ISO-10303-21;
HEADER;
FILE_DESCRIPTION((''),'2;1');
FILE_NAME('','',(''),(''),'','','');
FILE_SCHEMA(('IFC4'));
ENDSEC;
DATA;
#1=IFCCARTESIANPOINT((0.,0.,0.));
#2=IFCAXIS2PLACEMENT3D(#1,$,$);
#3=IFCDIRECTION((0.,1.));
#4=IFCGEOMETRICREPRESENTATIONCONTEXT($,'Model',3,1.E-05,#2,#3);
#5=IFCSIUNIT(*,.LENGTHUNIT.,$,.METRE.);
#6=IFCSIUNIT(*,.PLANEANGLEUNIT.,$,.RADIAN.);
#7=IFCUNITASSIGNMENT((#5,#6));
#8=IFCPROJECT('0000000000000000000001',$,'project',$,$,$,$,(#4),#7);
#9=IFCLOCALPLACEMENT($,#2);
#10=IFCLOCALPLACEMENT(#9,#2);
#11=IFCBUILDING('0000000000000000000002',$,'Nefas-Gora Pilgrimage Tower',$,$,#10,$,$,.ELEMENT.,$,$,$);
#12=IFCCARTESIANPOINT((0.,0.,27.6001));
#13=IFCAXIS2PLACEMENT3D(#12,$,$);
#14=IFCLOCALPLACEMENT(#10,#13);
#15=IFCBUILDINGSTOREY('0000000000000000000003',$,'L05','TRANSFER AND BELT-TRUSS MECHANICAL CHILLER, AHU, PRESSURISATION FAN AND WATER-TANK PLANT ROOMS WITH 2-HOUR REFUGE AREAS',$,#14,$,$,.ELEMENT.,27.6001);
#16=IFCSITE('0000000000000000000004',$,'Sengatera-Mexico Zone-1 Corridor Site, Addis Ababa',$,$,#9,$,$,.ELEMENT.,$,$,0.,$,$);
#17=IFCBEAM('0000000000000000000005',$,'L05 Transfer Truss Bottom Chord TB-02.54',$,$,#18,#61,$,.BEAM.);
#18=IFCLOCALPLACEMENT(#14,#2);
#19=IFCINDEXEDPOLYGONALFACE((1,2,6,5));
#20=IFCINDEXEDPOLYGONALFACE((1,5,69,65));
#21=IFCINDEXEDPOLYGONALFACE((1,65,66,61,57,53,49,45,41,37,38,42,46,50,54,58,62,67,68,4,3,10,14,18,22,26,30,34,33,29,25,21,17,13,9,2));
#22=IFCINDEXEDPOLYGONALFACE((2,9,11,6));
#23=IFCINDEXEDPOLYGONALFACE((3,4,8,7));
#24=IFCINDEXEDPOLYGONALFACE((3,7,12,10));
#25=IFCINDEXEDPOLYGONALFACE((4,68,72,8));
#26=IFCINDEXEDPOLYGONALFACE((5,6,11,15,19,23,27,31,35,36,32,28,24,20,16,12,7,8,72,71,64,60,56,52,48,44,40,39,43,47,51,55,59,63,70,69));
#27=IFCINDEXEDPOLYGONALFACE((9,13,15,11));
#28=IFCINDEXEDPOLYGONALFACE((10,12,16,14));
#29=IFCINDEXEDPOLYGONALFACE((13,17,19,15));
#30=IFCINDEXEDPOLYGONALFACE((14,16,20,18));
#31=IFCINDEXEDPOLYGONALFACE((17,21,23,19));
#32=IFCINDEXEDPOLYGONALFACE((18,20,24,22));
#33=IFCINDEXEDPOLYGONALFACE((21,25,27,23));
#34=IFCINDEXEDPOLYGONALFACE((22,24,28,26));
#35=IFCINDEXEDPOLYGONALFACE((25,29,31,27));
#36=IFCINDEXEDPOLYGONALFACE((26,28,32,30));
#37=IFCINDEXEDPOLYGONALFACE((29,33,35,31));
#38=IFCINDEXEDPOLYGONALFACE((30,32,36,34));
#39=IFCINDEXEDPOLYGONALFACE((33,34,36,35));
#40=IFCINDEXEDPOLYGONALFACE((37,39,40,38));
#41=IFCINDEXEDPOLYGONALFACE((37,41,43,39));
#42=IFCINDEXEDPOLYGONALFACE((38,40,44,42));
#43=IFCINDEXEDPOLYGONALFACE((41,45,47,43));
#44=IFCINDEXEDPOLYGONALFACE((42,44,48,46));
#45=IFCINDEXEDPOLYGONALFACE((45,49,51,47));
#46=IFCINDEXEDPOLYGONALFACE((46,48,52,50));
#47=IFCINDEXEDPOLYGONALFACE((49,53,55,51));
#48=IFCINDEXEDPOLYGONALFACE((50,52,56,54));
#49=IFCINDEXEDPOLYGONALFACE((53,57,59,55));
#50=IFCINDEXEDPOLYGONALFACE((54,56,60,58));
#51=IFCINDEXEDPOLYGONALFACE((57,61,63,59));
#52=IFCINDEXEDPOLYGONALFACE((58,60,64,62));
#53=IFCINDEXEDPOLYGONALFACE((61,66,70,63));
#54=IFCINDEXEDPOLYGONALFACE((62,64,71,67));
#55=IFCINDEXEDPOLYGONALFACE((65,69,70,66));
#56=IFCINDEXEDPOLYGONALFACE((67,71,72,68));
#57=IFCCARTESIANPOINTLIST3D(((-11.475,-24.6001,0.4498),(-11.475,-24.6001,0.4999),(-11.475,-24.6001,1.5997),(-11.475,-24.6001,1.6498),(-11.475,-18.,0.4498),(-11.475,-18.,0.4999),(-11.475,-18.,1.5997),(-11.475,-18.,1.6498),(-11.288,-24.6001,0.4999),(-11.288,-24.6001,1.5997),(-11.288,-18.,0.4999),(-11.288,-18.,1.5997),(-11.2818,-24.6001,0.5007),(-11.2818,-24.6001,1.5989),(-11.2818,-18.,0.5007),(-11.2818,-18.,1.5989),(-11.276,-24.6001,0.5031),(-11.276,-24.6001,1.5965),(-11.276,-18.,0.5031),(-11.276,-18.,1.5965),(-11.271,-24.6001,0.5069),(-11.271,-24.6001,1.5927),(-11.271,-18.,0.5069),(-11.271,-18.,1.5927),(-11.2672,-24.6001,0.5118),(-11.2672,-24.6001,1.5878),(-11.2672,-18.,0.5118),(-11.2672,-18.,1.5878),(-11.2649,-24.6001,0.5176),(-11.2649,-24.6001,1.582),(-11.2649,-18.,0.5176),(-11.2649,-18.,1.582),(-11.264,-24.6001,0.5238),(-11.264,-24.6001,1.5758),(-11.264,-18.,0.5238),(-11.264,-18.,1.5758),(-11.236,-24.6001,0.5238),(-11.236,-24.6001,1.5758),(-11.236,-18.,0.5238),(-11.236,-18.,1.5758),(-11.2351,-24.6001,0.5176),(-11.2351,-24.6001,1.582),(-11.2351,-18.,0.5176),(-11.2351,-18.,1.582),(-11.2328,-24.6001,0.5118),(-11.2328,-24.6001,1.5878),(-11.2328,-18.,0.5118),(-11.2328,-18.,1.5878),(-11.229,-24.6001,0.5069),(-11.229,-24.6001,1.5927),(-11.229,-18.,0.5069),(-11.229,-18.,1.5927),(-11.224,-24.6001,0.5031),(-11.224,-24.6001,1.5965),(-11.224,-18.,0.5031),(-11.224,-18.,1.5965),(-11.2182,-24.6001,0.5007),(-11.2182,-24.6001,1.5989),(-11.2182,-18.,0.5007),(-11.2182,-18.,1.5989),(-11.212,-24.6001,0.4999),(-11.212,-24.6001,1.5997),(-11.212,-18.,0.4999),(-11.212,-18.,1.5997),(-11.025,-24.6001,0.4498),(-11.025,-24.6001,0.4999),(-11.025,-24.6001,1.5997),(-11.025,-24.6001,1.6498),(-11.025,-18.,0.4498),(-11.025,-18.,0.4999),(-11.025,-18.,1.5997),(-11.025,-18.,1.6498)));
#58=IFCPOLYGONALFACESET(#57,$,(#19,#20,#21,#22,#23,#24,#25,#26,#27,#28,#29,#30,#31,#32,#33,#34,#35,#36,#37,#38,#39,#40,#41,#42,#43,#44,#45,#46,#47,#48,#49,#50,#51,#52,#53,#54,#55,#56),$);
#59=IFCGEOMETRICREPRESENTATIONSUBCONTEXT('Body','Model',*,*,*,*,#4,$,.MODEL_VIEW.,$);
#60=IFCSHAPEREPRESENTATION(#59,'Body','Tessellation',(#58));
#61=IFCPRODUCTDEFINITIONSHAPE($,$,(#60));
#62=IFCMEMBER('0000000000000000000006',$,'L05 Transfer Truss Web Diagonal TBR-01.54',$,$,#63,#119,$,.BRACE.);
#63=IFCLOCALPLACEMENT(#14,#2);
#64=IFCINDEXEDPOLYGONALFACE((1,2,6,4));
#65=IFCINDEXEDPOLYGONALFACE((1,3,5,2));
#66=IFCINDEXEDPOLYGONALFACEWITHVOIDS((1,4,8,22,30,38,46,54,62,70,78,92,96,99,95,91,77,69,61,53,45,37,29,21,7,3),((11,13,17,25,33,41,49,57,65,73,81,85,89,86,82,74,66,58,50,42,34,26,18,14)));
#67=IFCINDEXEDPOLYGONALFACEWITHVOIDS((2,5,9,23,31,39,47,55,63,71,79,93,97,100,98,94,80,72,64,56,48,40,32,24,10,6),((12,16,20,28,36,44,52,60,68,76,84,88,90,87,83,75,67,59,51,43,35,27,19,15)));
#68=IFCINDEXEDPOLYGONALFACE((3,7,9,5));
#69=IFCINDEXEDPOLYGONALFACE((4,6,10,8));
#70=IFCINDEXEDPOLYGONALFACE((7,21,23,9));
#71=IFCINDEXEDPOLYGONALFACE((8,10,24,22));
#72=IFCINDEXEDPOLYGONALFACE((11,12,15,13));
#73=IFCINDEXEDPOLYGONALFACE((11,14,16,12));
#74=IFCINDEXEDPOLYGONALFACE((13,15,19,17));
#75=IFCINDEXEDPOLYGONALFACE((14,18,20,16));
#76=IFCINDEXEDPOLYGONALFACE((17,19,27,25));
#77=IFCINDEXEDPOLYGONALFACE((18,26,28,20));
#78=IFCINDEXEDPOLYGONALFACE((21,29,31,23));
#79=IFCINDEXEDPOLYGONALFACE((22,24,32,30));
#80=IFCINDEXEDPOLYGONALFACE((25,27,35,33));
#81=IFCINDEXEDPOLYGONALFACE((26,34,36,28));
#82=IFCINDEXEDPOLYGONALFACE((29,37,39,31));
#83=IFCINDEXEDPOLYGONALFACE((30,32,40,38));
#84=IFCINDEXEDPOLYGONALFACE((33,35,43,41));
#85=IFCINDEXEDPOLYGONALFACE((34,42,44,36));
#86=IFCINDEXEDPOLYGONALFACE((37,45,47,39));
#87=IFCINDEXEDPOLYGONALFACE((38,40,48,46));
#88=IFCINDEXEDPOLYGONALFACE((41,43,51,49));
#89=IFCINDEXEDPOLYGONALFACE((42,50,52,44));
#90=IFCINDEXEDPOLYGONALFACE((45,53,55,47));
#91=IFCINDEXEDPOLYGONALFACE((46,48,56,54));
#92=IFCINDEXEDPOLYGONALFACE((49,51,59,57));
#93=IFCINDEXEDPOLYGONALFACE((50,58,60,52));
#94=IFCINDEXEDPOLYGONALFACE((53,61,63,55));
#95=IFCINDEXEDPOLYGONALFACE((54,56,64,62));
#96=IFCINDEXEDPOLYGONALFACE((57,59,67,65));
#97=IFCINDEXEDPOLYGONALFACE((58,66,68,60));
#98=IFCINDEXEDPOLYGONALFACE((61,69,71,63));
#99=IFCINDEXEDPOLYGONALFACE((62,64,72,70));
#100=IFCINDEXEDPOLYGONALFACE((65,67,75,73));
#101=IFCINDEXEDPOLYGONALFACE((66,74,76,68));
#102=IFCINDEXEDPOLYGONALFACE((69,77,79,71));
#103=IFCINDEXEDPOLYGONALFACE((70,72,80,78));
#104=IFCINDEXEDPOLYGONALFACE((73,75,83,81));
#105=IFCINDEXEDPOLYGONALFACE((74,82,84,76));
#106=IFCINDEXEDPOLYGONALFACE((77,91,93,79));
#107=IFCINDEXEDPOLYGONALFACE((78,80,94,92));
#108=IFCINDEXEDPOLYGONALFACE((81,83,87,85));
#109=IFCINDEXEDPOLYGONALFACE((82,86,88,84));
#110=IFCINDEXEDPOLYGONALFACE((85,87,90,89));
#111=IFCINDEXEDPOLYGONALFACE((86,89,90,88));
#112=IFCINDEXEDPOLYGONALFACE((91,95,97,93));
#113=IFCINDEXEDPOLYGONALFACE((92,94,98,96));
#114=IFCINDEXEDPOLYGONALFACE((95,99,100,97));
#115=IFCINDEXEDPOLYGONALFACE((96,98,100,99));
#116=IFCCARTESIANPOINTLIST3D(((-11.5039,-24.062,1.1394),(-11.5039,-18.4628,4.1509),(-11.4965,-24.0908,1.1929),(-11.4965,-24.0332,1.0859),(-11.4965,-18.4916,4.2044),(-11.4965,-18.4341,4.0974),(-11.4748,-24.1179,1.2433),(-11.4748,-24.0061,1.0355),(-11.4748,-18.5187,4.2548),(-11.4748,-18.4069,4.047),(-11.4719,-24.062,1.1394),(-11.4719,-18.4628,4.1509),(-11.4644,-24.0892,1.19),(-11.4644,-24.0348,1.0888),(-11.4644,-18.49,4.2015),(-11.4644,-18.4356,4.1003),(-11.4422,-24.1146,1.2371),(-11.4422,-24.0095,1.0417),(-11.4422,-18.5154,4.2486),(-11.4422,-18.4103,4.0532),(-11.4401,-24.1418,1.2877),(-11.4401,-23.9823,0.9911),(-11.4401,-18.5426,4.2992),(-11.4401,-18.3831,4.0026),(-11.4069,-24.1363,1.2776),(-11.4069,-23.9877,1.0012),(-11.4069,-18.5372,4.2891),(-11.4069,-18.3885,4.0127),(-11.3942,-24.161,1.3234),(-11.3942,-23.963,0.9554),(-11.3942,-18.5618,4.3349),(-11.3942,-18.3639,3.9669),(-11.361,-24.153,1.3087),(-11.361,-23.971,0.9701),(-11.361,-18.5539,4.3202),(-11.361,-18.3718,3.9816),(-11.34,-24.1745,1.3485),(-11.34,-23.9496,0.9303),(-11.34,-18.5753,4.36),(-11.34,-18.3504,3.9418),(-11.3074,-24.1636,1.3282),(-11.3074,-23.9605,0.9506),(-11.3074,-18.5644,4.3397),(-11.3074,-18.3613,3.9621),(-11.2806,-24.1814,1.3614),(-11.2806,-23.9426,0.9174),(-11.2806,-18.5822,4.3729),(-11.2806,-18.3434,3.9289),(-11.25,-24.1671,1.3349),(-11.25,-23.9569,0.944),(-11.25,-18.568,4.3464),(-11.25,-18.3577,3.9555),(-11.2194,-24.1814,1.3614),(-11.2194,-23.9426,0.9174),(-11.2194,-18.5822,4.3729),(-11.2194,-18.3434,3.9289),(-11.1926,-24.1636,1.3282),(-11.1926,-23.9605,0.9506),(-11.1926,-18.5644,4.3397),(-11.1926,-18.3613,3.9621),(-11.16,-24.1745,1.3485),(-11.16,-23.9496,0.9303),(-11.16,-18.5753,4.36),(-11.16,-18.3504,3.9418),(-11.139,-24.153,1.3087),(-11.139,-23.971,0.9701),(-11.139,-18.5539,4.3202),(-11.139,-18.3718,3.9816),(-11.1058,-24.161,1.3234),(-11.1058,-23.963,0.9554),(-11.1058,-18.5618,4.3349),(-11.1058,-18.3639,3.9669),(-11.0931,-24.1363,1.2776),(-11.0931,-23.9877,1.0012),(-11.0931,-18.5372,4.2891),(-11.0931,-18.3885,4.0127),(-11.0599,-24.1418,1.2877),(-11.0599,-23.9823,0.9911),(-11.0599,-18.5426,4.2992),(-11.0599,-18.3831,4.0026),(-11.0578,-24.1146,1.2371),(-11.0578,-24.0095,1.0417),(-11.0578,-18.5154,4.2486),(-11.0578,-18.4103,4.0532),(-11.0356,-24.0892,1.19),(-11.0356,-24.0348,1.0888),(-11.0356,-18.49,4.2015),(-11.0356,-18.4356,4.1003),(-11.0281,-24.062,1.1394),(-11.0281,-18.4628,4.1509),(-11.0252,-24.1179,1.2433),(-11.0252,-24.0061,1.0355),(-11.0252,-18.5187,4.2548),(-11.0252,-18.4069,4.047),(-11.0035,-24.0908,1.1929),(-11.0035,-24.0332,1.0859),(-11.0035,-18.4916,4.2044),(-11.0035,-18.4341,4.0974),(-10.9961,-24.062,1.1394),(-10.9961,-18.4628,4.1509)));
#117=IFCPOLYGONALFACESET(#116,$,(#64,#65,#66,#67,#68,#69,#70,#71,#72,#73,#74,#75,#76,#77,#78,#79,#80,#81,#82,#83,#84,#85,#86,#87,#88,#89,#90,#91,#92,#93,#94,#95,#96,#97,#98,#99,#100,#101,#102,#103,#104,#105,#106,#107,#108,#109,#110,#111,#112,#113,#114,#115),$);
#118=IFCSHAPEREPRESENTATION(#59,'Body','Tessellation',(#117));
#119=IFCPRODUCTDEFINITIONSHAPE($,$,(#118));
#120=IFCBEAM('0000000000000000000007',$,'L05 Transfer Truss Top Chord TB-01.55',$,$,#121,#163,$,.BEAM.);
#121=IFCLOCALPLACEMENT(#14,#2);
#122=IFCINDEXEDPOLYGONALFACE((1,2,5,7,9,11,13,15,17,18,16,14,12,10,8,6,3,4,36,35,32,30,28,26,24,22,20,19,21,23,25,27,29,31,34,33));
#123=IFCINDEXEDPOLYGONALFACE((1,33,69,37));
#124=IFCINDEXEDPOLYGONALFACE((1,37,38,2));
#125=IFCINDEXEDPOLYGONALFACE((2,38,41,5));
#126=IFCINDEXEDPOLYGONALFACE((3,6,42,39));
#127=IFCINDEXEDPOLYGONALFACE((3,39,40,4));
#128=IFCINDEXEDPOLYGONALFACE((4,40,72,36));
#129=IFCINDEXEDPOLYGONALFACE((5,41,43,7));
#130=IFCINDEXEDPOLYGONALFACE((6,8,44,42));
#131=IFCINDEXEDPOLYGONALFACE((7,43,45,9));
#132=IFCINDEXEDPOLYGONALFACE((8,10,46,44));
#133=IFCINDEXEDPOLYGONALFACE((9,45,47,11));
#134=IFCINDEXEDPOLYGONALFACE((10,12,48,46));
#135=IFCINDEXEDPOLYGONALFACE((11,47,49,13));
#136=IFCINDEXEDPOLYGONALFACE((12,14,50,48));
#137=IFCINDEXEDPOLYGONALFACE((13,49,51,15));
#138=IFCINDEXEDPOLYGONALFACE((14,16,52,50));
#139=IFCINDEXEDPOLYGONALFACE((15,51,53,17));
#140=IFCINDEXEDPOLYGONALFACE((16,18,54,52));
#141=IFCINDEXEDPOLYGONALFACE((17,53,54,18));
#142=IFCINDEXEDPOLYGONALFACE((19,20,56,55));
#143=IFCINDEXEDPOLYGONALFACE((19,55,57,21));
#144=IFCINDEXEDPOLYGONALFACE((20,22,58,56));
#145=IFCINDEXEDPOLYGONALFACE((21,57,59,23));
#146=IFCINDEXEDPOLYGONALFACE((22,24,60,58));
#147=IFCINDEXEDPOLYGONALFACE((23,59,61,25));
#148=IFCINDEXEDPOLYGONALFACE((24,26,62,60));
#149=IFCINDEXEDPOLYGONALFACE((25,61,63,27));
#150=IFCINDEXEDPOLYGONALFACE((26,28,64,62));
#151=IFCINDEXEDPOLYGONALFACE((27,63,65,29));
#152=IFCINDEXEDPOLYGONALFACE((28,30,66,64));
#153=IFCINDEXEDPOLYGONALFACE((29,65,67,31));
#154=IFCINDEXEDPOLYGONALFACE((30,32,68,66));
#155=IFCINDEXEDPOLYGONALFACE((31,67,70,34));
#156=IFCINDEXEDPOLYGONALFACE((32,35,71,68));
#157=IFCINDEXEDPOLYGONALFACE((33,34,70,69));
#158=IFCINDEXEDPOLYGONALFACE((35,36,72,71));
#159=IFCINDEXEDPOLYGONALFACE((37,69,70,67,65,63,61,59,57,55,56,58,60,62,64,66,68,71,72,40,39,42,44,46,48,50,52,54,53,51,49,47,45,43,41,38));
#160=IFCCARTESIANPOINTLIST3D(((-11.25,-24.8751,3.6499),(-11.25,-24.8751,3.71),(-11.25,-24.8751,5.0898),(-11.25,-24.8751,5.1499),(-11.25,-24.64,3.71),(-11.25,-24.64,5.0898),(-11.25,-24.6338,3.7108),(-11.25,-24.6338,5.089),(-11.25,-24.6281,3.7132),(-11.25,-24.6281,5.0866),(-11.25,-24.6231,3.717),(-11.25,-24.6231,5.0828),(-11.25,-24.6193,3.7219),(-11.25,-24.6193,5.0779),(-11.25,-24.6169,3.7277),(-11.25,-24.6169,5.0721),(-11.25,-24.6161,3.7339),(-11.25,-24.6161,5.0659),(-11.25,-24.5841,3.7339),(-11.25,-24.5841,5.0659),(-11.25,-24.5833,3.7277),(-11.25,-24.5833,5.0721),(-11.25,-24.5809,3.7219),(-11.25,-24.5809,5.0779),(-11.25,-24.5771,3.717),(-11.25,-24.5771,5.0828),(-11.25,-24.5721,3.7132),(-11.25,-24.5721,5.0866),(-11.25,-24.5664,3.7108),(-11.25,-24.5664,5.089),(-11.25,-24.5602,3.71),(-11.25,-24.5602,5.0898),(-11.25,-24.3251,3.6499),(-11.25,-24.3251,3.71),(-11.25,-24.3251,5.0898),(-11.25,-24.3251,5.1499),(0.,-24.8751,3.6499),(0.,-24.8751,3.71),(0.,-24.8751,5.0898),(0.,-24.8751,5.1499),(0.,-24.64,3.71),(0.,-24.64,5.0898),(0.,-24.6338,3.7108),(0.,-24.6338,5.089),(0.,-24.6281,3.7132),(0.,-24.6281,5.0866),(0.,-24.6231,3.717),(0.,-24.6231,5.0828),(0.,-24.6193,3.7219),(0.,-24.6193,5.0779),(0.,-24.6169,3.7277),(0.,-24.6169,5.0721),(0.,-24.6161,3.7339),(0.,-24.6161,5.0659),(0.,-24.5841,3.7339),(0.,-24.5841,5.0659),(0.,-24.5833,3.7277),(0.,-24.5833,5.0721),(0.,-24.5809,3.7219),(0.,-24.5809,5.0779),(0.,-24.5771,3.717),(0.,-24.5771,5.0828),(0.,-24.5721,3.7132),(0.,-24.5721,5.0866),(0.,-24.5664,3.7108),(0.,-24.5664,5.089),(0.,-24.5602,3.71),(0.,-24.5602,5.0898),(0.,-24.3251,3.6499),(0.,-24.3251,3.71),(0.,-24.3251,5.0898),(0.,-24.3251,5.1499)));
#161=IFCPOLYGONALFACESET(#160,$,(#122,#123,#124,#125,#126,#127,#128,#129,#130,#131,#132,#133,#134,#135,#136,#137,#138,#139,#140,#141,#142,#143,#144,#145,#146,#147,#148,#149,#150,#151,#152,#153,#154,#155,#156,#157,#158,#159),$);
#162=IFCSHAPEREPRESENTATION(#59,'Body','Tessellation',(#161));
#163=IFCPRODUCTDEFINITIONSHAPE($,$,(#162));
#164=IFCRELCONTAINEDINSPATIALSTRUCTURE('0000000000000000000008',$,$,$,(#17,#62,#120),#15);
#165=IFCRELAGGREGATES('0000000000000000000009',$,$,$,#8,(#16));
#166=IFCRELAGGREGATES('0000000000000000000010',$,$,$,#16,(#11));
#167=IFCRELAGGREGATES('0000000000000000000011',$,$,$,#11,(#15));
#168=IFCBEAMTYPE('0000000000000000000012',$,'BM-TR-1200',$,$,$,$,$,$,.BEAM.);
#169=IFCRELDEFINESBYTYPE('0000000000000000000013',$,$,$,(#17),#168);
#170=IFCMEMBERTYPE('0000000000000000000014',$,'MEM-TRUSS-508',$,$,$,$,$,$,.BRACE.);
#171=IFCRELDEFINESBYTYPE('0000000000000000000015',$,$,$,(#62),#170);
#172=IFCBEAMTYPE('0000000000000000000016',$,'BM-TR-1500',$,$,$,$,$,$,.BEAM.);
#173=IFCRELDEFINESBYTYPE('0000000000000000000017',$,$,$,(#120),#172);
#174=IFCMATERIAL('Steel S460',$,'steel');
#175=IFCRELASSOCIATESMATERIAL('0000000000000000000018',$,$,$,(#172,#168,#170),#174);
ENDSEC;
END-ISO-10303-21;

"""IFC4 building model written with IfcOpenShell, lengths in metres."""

from ifc_helpers import new_model, si_unit, direction, frame, origin, origin_2d, place, context, subcontext, project, spatial, hollow_circle, i_section, extrude, source, transform, mapped, material, material_profile, profile_set, type_object, element, save


model = new_model("IFC4")

# Units and contexts
model_context = context("Model", 3, precision=1e-05, world=origin(), true_north=direction((0.0, 1.0)))
body_context = subcontext(model_context, "Body", "Model", "MODEL_VIEW")
ifc_project = project(units=[si_unit("LENGTHUNIT", "METRE"), si_unit("PLANEANGLEUNIT", "RADIAN")], contexts=[model_context])

# Site, building, storey
site_placement = place(None, origin())
site = spatial("IfcSite", under=ifc_project, at=site_placement, Name="Sengatera-Mexico Zone-1 Corridor Site, Addis Ababa", CompositionType="ELEMENT", RefElevation=0.0)
building_placement = place(site_placement, origin())
building = spatial("IfcBuilding", under=site, at=building_placement, Name="Nefas-Gora Pilgrimage Tower", CompositionType="ELEMENT")
storey_placement = place(building_placement, frame((0.0, 0.0, 27.6001)))
storey = spatial("IfcBuildingStorey", under=building, at=storey_placement, Name="L05", Description="TRANSFER AND BELT-TRUSS MECHANICAL CHILLER, AHU, PRESSURISATION FAN AND WATER-TANK PLANT ROOMS WITH 2-HOUR REFUGE AREAS", CompositionType="ELEMENT", Elevation=27.6001)

# Shared definitions
ifc_material_1 = material(Name="Steel S460", Category="steel")

# Shared definitions
ifc_material_profile_1 = material_profile(ifc_material_1, i_section(OverallWidth=0.55, OverallDepth=1.5, WebThickness=0.032, FlangeThickness=0.0601, FilletRadius=0.0239, at=origin_2d()), Name="WPG 1500x550x32x60")
ifc_profile_set_1 = profile_set([ifc_material_profile_1], Name="Steel S460")
beam_type_1 = type_object("IfcBeamType", Name="BM-TR-1500", PredefinedType="BEAM", material=ifc_profile_set_1)
ifc_material_profile_2 = material_profile(ifc_material_1, i_section(OverallWidth=0.45, OverallDepth=1.2, WebThickness=0.0281, FlangeThickness=0.05, FilletRadius=0.0239, at=origin_2d()), Name="WPG 1200x450x28x50")
ifc_profile_set_2 = profile_set([ifc_material_profile_2], Name="Steel S460")
beam_type_2 = type_object("IfcBeamType", Name="BM-TR-1200", PredefinedType="BEAM", material=ifc_profile_set_2)

# Shared definitions
ifc_material_profile_3 = material_profile(ifc_material_1, hollow_circle(Radius=0.2539, WallThickness=0.032, at=origin_2d()), Name="CHS 508x32")
ifc_profile_set_3 = profile_set([ifc_material_profile_3], Name="Steel S460")
member_type = type_object("IfcMemberType", Name="MEM-TRUSS-508", PredefinedType="BRACE", material=ifc_profile_set_3)

# Beam
shared_shape_1 = source(origin(), body_context, "Body", "SweptSolid", [
    extrude(i_section(OverallWidth=0.45, OverallDepth=1.2, WebThickness=0.0281, FlangeThickness=0.05, FilletRadius=0.0239, at=origin_2d()), origin(), (0.0, 0.0, 1.0), 6.6001),
])
beam_1_placement = place(storey_placement, frame((-11.25, -24.6001, 1.0498), z_axis=(0.0, 1.0, 0.0), x_axis=(-1.0, 0.0, 0.0)))
element("IfcBeam", 1, at=beam_1_placement, inside=storey, type_object=beam_type_2, Name="L05 Transfer Truss Bottom Chord TB-02.54", PredefinedType="BEAM", context=body_context, shape_type="MappedRepresentation", body=[
    mapped(shared_shape_1, transform((0.0, 0.0, 0.0), x_axis=(1.0, 0.0, 0.0), y_axis=(0.0, 1.0, 0.0), z_axis=(0.0, 0.0, 1.0), scale=1.0)),
])

# Member
shared_shape_2 = source(origin(), body_context, "Body", "SweptSolid", [
    extrude(hollow_circle(Radius=0.2539, WallThickness=0.032, at=origin_2d()), origin(), (0.0, 0.0, 1.0), 6.3577),
])
member_1_placement = place(storey_placement, frame((-11.25, -24.062, 1.1394), z_axis=(0.0, 0.880697, 0.473681), x_axis=(-1.0, 0.0, 0.0)))
element("IfcMember", 2, at=member_1_placement, inside=storey, type_object=member_type, Name="L05 Transfer Truss Web Diagonal TBR-01.54", PredefinedType="BRACE", context=body_context, shape_type="MappedRepresentation", body=[
    mapped(shared_shape_2, transform((0.0, 0.0, 0.0), x_axis=(1.0, 0.0, 0.0), y_axis=(0.0, 1.0, 0.0), z_axis=(0.0, 0.0, 1.0), scale=1.0)),
])

# Beam
shared_shape_3 = source(origin(), body_context, "Body", "SweptSolid", [
    extrude(i_section(OverallWidth=0.55, OverallDepth=1.5, WebThickness=0.032, FlangeThickness=0.0601, FilletRadius=0.0239, at=origin_2d()), origin(), (0.0, 0.0, 1.0), 11.25),
])
beam_2_placement = place(storey_placement, frame((-11.25, -24.6001, 4.3999), z_axis=(1.0, 0.0, 0.0), x_axis=(0.0, 1.0, 0.0)))
element("IfcBeam", 3, at=beam_2_placement, inside=storey, type_object=beam_type_1, Name="L05 Transfer Truss Top Chord TB-01.55", PredefinedType="BEAM", context=body_context, shape_type="MappedRepresentation", body=[
    mapped(shared_shape_3, transform((0.0, 0.0, 0.0), x_axis=(1.0, 0.0, 0.0), y_axis=(0.0, 1.0, 0.0), z_axis=(0.0, 0.0, 1.0), scale=1.0)),
])

save(model, "model.ifc")
